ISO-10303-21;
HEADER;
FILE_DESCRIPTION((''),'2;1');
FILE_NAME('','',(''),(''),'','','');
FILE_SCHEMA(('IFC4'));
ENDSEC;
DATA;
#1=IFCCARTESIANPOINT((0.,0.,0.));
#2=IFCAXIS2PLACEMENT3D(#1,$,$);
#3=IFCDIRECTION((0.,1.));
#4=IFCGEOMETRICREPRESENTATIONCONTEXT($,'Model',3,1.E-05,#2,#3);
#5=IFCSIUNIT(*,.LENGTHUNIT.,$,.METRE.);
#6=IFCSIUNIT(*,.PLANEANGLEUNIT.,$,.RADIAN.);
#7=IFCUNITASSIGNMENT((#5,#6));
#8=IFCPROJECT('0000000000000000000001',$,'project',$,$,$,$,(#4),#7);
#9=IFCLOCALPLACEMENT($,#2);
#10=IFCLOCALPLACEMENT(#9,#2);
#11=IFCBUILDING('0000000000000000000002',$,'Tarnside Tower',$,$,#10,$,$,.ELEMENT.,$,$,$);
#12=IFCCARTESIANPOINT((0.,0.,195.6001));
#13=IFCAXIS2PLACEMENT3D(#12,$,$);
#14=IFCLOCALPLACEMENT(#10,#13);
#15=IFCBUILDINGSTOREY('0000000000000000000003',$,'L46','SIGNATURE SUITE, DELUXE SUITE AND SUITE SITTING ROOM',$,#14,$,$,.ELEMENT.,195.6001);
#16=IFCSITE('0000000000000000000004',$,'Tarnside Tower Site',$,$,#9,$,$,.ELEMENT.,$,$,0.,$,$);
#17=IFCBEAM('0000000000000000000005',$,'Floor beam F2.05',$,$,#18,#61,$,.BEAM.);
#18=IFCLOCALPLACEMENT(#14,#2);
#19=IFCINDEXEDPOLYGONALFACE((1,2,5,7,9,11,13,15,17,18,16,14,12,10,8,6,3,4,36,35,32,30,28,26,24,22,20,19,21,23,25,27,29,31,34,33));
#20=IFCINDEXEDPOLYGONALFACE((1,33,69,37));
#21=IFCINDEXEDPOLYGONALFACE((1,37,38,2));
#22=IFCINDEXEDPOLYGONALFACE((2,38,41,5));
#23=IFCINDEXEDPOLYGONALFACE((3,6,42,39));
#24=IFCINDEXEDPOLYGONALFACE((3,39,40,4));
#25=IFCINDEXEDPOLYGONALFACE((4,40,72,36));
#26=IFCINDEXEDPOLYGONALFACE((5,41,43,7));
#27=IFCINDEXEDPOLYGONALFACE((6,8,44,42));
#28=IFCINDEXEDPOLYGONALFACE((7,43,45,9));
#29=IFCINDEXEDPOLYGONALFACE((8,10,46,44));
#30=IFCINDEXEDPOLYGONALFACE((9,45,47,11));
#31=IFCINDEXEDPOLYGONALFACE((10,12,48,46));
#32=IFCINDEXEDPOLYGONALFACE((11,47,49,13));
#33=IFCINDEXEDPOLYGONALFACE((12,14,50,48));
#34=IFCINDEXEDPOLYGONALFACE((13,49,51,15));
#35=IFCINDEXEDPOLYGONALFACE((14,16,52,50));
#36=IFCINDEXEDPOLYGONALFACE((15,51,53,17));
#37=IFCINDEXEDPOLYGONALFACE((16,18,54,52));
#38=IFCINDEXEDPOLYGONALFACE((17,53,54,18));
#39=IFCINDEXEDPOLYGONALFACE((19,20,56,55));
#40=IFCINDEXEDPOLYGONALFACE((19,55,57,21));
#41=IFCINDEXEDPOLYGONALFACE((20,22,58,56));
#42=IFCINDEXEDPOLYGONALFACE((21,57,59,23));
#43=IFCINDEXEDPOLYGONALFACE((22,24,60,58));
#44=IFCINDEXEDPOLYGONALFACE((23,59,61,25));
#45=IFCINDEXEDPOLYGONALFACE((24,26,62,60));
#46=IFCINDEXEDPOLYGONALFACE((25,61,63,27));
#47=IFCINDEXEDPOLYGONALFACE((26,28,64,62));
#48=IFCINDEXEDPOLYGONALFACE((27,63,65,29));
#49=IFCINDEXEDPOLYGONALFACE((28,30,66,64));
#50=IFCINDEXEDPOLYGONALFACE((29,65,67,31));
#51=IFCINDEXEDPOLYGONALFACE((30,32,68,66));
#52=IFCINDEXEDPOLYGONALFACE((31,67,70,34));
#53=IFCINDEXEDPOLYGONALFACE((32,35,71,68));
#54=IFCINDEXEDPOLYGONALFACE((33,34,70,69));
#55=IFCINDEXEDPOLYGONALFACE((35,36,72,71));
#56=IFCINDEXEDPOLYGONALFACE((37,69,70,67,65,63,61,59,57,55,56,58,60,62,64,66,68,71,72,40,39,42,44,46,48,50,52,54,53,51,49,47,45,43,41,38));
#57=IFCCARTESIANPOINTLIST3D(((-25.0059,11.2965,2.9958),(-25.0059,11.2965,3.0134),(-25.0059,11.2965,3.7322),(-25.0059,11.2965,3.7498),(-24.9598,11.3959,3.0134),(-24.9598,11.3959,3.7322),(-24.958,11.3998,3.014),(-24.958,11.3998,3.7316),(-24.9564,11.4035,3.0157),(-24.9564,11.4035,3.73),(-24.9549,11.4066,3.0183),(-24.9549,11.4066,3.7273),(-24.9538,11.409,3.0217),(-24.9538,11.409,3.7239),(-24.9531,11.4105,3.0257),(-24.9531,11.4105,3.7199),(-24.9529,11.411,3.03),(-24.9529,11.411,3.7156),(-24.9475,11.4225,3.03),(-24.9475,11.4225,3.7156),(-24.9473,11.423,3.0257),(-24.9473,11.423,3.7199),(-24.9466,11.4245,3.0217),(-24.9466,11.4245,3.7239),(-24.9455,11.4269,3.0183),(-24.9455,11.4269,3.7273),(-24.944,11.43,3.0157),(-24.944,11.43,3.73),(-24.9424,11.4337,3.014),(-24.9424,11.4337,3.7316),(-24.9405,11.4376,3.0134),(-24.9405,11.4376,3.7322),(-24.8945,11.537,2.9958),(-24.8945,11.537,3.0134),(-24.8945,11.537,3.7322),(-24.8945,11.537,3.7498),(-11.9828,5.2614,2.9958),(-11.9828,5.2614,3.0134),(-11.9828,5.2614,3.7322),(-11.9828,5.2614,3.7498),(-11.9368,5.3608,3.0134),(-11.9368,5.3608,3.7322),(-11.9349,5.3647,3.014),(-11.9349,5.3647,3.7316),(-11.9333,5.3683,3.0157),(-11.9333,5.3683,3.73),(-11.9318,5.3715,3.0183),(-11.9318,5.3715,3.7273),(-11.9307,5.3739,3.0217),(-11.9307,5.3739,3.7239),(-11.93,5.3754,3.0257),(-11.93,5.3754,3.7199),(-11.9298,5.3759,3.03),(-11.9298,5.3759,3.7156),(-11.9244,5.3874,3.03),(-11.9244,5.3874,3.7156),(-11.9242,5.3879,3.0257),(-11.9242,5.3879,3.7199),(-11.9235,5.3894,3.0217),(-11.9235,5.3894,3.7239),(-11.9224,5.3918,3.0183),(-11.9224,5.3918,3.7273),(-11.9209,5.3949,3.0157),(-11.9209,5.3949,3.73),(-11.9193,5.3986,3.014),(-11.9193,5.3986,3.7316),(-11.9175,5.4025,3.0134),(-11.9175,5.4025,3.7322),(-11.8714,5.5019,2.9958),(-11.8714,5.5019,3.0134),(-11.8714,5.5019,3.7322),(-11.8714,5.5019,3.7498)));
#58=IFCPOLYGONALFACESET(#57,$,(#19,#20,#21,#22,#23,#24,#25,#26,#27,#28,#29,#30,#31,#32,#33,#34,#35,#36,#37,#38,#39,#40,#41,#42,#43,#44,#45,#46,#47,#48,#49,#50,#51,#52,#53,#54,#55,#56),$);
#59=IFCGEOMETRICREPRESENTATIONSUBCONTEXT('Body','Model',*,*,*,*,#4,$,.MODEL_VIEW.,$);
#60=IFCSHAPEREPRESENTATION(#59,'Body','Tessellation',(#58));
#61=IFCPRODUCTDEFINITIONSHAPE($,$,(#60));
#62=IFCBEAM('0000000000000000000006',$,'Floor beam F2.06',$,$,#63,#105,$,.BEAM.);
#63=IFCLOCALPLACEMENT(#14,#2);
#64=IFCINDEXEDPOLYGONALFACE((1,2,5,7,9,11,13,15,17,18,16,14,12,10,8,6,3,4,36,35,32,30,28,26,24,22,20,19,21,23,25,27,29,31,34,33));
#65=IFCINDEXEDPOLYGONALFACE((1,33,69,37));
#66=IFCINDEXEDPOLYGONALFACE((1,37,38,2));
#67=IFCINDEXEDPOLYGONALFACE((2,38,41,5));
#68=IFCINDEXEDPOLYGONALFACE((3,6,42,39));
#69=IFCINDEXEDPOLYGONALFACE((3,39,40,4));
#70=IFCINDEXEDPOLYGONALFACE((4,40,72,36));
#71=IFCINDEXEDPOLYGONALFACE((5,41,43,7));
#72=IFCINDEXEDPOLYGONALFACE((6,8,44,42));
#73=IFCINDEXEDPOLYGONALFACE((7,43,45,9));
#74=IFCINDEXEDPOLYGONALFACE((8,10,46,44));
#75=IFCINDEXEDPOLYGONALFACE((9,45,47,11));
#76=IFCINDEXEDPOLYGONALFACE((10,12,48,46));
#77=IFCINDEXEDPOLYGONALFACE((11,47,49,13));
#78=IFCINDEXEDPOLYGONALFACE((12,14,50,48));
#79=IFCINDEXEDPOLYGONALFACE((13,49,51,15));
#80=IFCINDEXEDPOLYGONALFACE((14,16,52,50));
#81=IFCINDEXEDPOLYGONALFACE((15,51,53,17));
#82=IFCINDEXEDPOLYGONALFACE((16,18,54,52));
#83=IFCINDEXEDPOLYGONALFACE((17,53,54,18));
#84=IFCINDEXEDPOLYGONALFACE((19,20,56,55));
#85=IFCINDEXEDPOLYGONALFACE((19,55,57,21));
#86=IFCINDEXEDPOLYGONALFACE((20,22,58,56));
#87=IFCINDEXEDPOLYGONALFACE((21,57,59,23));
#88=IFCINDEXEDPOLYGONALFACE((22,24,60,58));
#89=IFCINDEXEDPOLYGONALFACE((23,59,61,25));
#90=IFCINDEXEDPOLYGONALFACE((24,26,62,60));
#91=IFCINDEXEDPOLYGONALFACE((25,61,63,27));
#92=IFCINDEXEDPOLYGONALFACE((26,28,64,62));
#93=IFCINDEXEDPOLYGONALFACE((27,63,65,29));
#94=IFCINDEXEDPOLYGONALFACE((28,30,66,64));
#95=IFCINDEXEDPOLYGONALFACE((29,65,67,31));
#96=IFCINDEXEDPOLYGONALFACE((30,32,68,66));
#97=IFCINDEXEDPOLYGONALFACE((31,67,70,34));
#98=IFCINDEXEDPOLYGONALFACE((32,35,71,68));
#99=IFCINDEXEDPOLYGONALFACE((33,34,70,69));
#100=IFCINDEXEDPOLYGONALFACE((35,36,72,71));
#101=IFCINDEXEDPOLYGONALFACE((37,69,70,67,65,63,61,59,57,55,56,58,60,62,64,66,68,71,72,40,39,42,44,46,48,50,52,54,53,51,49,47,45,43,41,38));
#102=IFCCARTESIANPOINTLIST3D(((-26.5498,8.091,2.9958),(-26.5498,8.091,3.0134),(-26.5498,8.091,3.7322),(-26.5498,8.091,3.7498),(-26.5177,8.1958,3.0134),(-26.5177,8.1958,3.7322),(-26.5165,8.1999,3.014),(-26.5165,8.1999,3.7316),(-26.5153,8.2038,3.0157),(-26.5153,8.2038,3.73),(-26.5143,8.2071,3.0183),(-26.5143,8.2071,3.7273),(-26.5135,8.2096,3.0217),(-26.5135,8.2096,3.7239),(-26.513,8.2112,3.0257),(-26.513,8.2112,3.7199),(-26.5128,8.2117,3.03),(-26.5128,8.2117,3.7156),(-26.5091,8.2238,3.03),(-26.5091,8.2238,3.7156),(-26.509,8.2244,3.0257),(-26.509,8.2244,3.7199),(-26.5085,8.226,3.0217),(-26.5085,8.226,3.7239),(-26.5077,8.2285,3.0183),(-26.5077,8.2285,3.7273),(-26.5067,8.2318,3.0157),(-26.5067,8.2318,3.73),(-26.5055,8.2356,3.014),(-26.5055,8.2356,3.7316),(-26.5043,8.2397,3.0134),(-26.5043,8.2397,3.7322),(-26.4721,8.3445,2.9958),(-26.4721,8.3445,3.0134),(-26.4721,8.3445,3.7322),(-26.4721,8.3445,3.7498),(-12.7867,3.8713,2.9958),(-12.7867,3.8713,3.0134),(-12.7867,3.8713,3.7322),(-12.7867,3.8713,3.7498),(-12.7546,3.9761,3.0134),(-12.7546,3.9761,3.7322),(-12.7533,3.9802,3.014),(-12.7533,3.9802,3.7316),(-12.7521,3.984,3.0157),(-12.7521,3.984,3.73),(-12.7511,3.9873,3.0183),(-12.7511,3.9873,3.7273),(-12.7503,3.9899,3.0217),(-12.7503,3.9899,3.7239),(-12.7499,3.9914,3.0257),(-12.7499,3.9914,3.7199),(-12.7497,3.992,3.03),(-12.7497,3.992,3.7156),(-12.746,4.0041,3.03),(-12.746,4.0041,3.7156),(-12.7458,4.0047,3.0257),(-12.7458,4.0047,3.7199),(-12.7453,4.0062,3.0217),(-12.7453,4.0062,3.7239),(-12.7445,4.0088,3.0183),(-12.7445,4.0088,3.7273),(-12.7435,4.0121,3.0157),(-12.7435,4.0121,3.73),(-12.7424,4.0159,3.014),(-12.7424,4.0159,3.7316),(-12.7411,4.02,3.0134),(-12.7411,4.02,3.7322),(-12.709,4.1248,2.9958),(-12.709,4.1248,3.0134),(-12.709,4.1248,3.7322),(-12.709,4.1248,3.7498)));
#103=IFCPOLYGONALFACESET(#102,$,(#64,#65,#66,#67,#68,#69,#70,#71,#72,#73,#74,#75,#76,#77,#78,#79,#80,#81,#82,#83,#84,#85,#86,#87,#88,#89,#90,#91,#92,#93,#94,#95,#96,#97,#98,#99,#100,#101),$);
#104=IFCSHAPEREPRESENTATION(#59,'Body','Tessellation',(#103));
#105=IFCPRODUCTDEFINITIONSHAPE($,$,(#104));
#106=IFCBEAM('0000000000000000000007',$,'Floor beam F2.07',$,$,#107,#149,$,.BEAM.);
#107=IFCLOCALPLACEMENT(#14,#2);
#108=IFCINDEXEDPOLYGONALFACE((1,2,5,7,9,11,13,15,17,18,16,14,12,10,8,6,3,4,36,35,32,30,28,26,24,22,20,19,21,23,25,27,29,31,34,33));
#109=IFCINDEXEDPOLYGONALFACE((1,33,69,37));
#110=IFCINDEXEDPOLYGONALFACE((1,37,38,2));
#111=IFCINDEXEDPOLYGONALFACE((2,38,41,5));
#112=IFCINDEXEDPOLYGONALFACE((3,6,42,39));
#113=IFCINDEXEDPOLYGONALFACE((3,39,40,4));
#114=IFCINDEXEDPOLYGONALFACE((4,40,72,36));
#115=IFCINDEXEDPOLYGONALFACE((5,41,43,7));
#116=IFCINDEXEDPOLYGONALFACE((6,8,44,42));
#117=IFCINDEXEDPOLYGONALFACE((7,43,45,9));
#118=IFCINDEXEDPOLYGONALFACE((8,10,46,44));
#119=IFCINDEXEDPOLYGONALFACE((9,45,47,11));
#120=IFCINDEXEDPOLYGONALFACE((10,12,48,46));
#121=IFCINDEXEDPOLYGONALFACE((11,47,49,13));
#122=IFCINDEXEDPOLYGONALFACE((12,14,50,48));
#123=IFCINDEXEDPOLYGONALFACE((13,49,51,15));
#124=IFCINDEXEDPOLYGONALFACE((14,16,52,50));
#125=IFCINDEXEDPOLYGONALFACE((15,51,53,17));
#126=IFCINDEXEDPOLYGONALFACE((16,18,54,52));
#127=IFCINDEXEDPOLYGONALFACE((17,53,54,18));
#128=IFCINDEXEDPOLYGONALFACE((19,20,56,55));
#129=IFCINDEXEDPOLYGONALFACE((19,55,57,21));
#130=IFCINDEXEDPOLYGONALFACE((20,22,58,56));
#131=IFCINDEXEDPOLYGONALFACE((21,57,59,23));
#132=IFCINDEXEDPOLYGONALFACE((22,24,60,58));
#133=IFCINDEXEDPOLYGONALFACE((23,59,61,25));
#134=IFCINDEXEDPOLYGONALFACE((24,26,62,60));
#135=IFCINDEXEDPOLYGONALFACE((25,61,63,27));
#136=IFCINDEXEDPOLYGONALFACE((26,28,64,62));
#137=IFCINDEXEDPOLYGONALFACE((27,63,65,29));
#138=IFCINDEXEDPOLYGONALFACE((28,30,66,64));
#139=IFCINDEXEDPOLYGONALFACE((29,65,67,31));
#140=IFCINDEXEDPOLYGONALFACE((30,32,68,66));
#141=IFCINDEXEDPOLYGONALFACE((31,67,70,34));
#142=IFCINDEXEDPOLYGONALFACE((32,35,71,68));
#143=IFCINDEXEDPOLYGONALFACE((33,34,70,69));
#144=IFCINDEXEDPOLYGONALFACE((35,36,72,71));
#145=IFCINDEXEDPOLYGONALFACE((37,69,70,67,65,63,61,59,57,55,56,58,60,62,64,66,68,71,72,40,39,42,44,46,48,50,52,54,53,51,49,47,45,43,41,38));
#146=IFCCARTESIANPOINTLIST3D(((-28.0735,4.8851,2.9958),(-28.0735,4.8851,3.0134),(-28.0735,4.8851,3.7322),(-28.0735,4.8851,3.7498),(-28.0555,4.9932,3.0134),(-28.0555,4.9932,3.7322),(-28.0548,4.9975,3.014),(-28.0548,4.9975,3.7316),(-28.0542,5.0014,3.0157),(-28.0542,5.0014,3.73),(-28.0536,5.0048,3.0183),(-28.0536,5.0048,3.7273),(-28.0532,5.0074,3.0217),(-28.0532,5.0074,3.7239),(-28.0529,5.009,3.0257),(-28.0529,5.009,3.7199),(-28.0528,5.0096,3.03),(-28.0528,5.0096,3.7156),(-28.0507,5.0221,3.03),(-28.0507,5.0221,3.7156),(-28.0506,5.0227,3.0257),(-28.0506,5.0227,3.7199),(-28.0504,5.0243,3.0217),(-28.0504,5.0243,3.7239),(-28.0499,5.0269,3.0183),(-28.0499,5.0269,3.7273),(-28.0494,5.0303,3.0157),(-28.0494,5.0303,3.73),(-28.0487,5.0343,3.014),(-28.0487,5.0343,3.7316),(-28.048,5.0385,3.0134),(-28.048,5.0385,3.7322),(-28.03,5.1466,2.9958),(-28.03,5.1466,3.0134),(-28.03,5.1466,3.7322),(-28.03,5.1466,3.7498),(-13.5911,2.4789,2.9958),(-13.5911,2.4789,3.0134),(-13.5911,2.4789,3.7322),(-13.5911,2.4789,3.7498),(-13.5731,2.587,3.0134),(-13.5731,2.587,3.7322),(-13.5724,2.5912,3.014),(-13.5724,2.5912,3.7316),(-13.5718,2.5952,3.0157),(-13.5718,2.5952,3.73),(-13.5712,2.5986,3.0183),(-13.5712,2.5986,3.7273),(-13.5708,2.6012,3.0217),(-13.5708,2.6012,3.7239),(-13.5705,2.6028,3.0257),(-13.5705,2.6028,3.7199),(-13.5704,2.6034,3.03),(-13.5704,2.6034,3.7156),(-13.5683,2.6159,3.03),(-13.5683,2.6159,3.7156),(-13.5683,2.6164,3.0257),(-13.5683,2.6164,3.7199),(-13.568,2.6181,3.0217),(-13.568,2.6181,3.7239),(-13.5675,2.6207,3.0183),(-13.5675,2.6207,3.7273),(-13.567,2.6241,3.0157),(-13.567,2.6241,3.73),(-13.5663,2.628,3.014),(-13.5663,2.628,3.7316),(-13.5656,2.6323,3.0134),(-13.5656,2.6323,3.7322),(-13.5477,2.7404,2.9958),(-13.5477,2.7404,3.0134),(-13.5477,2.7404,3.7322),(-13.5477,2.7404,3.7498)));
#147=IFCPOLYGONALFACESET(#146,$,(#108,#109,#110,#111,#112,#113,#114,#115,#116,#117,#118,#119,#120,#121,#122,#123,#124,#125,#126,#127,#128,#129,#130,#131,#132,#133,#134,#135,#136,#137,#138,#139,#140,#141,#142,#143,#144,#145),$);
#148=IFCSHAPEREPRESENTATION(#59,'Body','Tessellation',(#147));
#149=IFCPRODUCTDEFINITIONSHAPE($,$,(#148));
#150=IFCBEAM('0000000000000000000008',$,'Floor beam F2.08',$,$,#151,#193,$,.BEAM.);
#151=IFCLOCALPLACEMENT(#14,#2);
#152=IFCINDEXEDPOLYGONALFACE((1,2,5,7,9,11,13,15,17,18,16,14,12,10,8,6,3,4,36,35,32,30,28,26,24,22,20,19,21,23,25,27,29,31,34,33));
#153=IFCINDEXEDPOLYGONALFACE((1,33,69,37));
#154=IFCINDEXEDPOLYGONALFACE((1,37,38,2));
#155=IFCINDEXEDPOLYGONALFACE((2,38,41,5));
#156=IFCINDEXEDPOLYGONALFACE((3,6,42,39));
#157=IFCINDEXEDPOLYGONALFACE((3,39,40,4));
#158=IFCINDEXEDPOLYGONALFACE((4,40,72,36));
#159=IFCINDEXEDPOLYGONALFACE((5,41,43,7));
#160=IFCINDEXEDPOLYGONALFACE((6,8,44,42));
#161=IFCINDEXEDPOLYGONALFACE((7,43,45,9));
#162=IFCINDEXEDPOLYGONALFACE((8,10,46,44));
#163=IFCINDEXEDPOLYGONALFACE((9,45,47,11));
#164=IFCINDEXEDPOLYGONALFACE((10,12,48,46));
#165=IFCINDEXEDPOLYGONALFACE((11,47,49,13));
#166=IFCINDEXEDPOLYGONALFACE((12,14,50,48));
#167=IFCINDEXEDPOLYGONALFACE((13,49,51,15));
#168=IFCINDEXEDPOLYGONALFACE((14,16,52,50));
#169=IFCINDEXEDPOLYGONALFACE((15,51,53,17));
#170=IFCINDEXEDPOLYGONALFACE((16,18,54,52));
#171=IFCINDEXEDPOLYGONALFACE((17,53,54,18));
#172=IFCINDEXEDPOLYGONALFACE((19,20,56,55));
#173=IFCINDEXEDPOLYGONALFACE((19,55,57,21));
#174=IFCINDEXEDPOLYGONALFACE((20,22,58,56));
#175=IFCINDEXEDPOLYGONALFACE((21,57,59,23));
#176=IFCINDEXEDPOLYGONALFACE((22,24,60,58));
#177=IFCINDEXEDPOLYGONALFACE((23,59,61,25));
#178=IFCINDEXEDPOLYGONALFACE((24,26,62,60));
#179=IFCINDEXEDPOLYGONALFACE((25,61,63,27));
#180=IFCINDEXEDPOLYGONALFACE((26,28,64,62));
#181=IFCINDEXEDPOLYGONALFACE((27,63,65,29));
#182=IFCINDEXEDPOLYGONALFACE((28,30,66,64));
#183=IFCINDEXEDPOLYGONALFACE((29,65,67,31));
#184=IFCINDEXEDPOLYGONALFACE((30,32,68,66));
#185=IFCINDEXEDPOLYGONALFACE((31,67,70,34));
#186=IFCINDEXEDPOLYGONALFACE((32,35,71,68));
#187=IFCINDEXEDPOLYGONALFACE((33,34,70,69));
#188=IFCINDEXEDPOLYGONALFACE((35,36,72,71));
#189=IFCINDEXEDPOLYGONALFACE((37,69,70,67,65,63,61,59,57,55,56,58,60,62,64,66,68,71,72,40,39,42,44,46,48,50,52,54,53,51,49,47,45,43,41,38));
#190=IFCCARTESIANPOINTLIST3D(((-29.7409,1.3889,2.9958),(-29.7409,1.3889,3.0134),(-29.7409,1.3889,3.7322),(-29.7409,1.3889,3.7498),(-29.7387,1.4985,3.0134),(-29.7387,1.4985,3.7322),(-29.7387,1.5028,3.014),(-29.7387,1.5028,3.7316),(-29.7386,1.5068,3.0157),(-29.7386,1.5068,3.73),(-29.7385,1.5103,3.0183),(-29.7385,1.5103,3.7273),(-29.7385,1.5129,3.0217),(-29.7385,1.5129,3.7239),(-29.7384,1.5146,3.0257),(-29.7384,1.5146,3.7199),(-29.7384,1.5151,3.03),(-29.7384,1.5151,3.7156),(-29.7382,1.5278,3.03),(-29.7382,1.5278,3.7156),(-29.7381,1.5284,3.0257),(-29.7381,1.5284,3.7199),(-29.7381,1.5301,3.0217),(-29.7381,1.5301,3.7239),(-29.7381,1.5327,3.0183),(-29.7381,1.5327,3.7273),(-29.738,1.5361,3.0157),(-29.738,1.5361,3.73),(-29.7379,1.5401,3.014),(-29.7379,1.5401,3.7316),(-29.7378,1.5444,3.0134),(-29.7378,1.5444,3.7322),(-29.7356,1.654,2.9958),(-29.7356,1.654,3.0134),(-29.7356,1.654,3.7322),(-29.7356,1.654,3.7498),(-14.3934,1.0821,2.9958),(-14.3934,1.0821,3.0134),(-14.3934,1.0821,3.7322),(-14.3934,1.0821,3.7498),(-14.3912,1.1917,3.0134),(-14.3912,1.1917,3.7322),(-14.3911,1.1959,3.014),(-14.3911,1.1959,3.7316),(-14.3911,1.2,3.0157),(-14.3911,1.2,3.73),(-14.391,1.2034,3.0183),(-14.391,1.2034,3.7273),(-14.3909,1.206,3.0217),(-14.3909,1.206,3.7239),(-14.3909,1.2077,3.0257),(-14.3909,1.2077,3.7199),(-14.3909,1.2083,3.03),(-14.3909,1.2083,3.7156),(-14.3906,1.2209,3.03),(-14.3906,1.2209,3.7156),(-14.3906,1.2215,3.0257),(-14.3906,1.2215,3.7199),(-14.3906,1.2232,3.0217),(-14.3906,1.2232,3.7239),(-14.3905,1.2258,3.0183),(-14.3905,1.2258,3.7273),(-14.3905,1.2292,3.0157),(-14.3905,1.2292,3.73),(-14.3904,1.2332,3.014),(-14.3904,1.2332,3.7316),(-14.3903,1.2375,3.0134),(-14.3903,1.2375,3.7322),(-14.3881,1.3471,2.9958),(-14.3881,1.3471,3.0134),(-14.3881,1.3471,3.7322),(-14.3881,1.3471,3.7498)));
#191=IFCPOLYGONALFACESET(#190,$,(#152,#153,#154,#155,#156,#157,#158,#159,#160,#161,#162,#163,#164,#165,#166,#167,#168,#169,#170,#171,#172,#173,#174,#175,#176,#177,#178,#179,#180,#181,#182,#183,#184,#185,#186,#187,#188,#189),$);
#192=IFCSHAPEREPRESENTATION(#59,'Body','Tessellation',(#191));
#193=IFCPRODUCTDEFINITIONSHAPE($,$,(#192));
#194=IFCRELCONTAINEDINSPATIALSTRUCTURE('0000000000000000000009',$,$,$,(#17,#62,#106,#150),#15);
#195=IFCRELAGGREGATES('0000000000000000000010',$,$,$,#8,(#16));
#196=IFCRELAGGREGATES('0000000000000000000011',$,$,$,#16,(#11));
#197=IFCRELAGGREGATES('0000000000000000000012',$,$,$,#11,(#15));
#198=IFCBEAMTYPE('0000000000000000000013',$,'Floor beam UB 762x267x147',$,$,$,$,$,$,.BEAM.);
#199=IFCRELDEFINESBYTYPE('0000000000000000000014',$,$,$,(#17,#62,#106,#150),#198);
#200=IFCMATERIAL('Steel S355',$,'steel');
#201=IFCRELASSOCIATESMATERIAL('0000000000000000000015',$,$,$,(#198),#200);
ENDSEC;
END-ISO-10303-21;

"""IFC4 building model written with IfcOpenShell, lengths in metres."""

from ifc_helpers import new_model, si_unit, direction, frame, origin, origin_2d, place, context, subcontext, project, spatial, i_section, extrude, material, material_profile, profile_set, type_object, element, save


model = new_model("IFC4")

# Units and contexts
model_context = context("Model", 3, precision=1e-05, world=origin(), true_north=direction((0.0, 1.0)))
body_context = subcontext(model_context, "Body", "Model", "MODEL_VIEW")
ifc_project = project(units=[si_unit("LENGTHUNIT", "METRE"), si_unit("PLANEANGLEUNIT", "RADIAN")], contexts=[model_context])

# Site, building, storey
site_placement = place(None, origin())
site = spatial("IfcSite", under=ifc_project, at=site_placement, Name="Tarnside Tower Site", CompositionType="ELEMENT", RefElevation=0.0)
building_placement = place(site_placement, origin())
building = spatial("IfcBuilding", under=site, at=building_placement, Name="Tarnside Tower", CompositionType="ELEMENT")
storey_placement = place(building_placement, frame((0.0, 0.0, 195.6001)))
storey = spatial("IfcBuildingStorey", under=building, at=storey_placement, Name="L46", Description="SIGNATURE SUITE, DELUXE SUITE AND SUITE SITTING ROOM", CompositionType="ELEMENT", Elevation=195.6001)

# Beams
ifc_material_1 = material(Name="Steel S355", Category="steel")
ifc_material_profile = material_profile(ifc_material_1, i_section(OverallWidth=0.2651, OverallDepth=0.7539, WebThickness=0.0127, FlangeThickness=0.0176, FilletRadius=0.0166, at=origin_2d()), Name="UB 762x267x147")
ifc_profile_set = profile_set([ifc_material_profile], Name="Steel S355")
beam_type = type_object("IfcBeamType", Name="Floor beam UB 762x267x147", PredefinedType="BEAM", material=ifc_profile_set)
beam_1_placement = place(storey_placement, frame((-24.9502, 11.4167, 3.3728), z_axis=(0.90731, -0.420462, 0.0), x_axis=(0.420462, 0.90731, 0.0)))
element("IfcBeam", 1, at=beam_1_placement, inside=storey, type_object=beam_type, Name="Floor beam F2.05", PredefinedType="BEAM", context=body_context, shape_type="SweptSolid", body=[
    extrude(i_section(OverallWidth=0.2651, OverallDepth=0.7539, WebThickness=0.0127, FlangeThickness=0.0176, FilletRadius=0.0166, at=origin_2d()), origin(), (0.0, 0.0, 1.0), 14.3535),
])
beam_2_placement = place(storey_placement, frame((-26.511, 8.2178, 3.3728), z_axis=(0.956073, -0.293128, 0.0), x_axis=(0.293128, 0.956073, 0.0)))
element("IfcBeam", 2, at=beam_2_placement, inside=storey, type_object=beam_type, Name="Floor beam F2.06", PredefinedType="BEAM", context=body_context, shape_type="SweptSolid", body=[
    extrude(i_section(OverallWidth=0.2651, OverallDepth=0.7539, WebThickness=0.0127, FlangeThickness=0.0176, FilletRadius=0.0166, at=origin_2d()), origin(), (0.0, 0.0, 1.0), 14.3955),
])
beam_3_placement = place(storey_placement, frame((-28.0518, 5.0159, 3.3728), z_axis=(0.986476, -0.163903, 0.0), x_axis=(0.163903, 0.986476, 0.0)))
element("IfcBeam", 3, at=beam_3_placement, inside=storey, type_object=beam_type, Name="Floor beam F2.07", PredefinedType="BEAM", context=body_context, shape_type="SweptSolid", body=[
    extrude(i_section(OverallWidth=0.2651, OverallDepth=0.7539, WebThickness=0.0127, FlangeThickness=0.0176, FilletRadius=0.0166, at=origin_2d()), origin(), (0.0, 0.0, 1.0), 14.6809),
])
beam_4_placement = place(storey_placement, frame((-29.7383, 1.5215, 3.3728), z_axis=(0.9998, -0.019992, 0.0), x_axis=(0.019992, 0.9998, 0.0)))
element("IfcBeam", 4, at=beam_4_placement, inside=storey, type_object=beam_type, Name="Floor beam F2.08", PredefinedType="BEAM", context=body_context, shape_type="SweptSolid", body=[
    extrude(i_section(OverallWidth=0.2651, OverallDepth=0.7539, WebThickness=0.0127, FlangeThickness=0.0176, FilletRadius=0.0166, at=origin_2d()), origin(), (0.0, 0.0, 1.0), 15.3506),
])

save(model, "model.ifc")
